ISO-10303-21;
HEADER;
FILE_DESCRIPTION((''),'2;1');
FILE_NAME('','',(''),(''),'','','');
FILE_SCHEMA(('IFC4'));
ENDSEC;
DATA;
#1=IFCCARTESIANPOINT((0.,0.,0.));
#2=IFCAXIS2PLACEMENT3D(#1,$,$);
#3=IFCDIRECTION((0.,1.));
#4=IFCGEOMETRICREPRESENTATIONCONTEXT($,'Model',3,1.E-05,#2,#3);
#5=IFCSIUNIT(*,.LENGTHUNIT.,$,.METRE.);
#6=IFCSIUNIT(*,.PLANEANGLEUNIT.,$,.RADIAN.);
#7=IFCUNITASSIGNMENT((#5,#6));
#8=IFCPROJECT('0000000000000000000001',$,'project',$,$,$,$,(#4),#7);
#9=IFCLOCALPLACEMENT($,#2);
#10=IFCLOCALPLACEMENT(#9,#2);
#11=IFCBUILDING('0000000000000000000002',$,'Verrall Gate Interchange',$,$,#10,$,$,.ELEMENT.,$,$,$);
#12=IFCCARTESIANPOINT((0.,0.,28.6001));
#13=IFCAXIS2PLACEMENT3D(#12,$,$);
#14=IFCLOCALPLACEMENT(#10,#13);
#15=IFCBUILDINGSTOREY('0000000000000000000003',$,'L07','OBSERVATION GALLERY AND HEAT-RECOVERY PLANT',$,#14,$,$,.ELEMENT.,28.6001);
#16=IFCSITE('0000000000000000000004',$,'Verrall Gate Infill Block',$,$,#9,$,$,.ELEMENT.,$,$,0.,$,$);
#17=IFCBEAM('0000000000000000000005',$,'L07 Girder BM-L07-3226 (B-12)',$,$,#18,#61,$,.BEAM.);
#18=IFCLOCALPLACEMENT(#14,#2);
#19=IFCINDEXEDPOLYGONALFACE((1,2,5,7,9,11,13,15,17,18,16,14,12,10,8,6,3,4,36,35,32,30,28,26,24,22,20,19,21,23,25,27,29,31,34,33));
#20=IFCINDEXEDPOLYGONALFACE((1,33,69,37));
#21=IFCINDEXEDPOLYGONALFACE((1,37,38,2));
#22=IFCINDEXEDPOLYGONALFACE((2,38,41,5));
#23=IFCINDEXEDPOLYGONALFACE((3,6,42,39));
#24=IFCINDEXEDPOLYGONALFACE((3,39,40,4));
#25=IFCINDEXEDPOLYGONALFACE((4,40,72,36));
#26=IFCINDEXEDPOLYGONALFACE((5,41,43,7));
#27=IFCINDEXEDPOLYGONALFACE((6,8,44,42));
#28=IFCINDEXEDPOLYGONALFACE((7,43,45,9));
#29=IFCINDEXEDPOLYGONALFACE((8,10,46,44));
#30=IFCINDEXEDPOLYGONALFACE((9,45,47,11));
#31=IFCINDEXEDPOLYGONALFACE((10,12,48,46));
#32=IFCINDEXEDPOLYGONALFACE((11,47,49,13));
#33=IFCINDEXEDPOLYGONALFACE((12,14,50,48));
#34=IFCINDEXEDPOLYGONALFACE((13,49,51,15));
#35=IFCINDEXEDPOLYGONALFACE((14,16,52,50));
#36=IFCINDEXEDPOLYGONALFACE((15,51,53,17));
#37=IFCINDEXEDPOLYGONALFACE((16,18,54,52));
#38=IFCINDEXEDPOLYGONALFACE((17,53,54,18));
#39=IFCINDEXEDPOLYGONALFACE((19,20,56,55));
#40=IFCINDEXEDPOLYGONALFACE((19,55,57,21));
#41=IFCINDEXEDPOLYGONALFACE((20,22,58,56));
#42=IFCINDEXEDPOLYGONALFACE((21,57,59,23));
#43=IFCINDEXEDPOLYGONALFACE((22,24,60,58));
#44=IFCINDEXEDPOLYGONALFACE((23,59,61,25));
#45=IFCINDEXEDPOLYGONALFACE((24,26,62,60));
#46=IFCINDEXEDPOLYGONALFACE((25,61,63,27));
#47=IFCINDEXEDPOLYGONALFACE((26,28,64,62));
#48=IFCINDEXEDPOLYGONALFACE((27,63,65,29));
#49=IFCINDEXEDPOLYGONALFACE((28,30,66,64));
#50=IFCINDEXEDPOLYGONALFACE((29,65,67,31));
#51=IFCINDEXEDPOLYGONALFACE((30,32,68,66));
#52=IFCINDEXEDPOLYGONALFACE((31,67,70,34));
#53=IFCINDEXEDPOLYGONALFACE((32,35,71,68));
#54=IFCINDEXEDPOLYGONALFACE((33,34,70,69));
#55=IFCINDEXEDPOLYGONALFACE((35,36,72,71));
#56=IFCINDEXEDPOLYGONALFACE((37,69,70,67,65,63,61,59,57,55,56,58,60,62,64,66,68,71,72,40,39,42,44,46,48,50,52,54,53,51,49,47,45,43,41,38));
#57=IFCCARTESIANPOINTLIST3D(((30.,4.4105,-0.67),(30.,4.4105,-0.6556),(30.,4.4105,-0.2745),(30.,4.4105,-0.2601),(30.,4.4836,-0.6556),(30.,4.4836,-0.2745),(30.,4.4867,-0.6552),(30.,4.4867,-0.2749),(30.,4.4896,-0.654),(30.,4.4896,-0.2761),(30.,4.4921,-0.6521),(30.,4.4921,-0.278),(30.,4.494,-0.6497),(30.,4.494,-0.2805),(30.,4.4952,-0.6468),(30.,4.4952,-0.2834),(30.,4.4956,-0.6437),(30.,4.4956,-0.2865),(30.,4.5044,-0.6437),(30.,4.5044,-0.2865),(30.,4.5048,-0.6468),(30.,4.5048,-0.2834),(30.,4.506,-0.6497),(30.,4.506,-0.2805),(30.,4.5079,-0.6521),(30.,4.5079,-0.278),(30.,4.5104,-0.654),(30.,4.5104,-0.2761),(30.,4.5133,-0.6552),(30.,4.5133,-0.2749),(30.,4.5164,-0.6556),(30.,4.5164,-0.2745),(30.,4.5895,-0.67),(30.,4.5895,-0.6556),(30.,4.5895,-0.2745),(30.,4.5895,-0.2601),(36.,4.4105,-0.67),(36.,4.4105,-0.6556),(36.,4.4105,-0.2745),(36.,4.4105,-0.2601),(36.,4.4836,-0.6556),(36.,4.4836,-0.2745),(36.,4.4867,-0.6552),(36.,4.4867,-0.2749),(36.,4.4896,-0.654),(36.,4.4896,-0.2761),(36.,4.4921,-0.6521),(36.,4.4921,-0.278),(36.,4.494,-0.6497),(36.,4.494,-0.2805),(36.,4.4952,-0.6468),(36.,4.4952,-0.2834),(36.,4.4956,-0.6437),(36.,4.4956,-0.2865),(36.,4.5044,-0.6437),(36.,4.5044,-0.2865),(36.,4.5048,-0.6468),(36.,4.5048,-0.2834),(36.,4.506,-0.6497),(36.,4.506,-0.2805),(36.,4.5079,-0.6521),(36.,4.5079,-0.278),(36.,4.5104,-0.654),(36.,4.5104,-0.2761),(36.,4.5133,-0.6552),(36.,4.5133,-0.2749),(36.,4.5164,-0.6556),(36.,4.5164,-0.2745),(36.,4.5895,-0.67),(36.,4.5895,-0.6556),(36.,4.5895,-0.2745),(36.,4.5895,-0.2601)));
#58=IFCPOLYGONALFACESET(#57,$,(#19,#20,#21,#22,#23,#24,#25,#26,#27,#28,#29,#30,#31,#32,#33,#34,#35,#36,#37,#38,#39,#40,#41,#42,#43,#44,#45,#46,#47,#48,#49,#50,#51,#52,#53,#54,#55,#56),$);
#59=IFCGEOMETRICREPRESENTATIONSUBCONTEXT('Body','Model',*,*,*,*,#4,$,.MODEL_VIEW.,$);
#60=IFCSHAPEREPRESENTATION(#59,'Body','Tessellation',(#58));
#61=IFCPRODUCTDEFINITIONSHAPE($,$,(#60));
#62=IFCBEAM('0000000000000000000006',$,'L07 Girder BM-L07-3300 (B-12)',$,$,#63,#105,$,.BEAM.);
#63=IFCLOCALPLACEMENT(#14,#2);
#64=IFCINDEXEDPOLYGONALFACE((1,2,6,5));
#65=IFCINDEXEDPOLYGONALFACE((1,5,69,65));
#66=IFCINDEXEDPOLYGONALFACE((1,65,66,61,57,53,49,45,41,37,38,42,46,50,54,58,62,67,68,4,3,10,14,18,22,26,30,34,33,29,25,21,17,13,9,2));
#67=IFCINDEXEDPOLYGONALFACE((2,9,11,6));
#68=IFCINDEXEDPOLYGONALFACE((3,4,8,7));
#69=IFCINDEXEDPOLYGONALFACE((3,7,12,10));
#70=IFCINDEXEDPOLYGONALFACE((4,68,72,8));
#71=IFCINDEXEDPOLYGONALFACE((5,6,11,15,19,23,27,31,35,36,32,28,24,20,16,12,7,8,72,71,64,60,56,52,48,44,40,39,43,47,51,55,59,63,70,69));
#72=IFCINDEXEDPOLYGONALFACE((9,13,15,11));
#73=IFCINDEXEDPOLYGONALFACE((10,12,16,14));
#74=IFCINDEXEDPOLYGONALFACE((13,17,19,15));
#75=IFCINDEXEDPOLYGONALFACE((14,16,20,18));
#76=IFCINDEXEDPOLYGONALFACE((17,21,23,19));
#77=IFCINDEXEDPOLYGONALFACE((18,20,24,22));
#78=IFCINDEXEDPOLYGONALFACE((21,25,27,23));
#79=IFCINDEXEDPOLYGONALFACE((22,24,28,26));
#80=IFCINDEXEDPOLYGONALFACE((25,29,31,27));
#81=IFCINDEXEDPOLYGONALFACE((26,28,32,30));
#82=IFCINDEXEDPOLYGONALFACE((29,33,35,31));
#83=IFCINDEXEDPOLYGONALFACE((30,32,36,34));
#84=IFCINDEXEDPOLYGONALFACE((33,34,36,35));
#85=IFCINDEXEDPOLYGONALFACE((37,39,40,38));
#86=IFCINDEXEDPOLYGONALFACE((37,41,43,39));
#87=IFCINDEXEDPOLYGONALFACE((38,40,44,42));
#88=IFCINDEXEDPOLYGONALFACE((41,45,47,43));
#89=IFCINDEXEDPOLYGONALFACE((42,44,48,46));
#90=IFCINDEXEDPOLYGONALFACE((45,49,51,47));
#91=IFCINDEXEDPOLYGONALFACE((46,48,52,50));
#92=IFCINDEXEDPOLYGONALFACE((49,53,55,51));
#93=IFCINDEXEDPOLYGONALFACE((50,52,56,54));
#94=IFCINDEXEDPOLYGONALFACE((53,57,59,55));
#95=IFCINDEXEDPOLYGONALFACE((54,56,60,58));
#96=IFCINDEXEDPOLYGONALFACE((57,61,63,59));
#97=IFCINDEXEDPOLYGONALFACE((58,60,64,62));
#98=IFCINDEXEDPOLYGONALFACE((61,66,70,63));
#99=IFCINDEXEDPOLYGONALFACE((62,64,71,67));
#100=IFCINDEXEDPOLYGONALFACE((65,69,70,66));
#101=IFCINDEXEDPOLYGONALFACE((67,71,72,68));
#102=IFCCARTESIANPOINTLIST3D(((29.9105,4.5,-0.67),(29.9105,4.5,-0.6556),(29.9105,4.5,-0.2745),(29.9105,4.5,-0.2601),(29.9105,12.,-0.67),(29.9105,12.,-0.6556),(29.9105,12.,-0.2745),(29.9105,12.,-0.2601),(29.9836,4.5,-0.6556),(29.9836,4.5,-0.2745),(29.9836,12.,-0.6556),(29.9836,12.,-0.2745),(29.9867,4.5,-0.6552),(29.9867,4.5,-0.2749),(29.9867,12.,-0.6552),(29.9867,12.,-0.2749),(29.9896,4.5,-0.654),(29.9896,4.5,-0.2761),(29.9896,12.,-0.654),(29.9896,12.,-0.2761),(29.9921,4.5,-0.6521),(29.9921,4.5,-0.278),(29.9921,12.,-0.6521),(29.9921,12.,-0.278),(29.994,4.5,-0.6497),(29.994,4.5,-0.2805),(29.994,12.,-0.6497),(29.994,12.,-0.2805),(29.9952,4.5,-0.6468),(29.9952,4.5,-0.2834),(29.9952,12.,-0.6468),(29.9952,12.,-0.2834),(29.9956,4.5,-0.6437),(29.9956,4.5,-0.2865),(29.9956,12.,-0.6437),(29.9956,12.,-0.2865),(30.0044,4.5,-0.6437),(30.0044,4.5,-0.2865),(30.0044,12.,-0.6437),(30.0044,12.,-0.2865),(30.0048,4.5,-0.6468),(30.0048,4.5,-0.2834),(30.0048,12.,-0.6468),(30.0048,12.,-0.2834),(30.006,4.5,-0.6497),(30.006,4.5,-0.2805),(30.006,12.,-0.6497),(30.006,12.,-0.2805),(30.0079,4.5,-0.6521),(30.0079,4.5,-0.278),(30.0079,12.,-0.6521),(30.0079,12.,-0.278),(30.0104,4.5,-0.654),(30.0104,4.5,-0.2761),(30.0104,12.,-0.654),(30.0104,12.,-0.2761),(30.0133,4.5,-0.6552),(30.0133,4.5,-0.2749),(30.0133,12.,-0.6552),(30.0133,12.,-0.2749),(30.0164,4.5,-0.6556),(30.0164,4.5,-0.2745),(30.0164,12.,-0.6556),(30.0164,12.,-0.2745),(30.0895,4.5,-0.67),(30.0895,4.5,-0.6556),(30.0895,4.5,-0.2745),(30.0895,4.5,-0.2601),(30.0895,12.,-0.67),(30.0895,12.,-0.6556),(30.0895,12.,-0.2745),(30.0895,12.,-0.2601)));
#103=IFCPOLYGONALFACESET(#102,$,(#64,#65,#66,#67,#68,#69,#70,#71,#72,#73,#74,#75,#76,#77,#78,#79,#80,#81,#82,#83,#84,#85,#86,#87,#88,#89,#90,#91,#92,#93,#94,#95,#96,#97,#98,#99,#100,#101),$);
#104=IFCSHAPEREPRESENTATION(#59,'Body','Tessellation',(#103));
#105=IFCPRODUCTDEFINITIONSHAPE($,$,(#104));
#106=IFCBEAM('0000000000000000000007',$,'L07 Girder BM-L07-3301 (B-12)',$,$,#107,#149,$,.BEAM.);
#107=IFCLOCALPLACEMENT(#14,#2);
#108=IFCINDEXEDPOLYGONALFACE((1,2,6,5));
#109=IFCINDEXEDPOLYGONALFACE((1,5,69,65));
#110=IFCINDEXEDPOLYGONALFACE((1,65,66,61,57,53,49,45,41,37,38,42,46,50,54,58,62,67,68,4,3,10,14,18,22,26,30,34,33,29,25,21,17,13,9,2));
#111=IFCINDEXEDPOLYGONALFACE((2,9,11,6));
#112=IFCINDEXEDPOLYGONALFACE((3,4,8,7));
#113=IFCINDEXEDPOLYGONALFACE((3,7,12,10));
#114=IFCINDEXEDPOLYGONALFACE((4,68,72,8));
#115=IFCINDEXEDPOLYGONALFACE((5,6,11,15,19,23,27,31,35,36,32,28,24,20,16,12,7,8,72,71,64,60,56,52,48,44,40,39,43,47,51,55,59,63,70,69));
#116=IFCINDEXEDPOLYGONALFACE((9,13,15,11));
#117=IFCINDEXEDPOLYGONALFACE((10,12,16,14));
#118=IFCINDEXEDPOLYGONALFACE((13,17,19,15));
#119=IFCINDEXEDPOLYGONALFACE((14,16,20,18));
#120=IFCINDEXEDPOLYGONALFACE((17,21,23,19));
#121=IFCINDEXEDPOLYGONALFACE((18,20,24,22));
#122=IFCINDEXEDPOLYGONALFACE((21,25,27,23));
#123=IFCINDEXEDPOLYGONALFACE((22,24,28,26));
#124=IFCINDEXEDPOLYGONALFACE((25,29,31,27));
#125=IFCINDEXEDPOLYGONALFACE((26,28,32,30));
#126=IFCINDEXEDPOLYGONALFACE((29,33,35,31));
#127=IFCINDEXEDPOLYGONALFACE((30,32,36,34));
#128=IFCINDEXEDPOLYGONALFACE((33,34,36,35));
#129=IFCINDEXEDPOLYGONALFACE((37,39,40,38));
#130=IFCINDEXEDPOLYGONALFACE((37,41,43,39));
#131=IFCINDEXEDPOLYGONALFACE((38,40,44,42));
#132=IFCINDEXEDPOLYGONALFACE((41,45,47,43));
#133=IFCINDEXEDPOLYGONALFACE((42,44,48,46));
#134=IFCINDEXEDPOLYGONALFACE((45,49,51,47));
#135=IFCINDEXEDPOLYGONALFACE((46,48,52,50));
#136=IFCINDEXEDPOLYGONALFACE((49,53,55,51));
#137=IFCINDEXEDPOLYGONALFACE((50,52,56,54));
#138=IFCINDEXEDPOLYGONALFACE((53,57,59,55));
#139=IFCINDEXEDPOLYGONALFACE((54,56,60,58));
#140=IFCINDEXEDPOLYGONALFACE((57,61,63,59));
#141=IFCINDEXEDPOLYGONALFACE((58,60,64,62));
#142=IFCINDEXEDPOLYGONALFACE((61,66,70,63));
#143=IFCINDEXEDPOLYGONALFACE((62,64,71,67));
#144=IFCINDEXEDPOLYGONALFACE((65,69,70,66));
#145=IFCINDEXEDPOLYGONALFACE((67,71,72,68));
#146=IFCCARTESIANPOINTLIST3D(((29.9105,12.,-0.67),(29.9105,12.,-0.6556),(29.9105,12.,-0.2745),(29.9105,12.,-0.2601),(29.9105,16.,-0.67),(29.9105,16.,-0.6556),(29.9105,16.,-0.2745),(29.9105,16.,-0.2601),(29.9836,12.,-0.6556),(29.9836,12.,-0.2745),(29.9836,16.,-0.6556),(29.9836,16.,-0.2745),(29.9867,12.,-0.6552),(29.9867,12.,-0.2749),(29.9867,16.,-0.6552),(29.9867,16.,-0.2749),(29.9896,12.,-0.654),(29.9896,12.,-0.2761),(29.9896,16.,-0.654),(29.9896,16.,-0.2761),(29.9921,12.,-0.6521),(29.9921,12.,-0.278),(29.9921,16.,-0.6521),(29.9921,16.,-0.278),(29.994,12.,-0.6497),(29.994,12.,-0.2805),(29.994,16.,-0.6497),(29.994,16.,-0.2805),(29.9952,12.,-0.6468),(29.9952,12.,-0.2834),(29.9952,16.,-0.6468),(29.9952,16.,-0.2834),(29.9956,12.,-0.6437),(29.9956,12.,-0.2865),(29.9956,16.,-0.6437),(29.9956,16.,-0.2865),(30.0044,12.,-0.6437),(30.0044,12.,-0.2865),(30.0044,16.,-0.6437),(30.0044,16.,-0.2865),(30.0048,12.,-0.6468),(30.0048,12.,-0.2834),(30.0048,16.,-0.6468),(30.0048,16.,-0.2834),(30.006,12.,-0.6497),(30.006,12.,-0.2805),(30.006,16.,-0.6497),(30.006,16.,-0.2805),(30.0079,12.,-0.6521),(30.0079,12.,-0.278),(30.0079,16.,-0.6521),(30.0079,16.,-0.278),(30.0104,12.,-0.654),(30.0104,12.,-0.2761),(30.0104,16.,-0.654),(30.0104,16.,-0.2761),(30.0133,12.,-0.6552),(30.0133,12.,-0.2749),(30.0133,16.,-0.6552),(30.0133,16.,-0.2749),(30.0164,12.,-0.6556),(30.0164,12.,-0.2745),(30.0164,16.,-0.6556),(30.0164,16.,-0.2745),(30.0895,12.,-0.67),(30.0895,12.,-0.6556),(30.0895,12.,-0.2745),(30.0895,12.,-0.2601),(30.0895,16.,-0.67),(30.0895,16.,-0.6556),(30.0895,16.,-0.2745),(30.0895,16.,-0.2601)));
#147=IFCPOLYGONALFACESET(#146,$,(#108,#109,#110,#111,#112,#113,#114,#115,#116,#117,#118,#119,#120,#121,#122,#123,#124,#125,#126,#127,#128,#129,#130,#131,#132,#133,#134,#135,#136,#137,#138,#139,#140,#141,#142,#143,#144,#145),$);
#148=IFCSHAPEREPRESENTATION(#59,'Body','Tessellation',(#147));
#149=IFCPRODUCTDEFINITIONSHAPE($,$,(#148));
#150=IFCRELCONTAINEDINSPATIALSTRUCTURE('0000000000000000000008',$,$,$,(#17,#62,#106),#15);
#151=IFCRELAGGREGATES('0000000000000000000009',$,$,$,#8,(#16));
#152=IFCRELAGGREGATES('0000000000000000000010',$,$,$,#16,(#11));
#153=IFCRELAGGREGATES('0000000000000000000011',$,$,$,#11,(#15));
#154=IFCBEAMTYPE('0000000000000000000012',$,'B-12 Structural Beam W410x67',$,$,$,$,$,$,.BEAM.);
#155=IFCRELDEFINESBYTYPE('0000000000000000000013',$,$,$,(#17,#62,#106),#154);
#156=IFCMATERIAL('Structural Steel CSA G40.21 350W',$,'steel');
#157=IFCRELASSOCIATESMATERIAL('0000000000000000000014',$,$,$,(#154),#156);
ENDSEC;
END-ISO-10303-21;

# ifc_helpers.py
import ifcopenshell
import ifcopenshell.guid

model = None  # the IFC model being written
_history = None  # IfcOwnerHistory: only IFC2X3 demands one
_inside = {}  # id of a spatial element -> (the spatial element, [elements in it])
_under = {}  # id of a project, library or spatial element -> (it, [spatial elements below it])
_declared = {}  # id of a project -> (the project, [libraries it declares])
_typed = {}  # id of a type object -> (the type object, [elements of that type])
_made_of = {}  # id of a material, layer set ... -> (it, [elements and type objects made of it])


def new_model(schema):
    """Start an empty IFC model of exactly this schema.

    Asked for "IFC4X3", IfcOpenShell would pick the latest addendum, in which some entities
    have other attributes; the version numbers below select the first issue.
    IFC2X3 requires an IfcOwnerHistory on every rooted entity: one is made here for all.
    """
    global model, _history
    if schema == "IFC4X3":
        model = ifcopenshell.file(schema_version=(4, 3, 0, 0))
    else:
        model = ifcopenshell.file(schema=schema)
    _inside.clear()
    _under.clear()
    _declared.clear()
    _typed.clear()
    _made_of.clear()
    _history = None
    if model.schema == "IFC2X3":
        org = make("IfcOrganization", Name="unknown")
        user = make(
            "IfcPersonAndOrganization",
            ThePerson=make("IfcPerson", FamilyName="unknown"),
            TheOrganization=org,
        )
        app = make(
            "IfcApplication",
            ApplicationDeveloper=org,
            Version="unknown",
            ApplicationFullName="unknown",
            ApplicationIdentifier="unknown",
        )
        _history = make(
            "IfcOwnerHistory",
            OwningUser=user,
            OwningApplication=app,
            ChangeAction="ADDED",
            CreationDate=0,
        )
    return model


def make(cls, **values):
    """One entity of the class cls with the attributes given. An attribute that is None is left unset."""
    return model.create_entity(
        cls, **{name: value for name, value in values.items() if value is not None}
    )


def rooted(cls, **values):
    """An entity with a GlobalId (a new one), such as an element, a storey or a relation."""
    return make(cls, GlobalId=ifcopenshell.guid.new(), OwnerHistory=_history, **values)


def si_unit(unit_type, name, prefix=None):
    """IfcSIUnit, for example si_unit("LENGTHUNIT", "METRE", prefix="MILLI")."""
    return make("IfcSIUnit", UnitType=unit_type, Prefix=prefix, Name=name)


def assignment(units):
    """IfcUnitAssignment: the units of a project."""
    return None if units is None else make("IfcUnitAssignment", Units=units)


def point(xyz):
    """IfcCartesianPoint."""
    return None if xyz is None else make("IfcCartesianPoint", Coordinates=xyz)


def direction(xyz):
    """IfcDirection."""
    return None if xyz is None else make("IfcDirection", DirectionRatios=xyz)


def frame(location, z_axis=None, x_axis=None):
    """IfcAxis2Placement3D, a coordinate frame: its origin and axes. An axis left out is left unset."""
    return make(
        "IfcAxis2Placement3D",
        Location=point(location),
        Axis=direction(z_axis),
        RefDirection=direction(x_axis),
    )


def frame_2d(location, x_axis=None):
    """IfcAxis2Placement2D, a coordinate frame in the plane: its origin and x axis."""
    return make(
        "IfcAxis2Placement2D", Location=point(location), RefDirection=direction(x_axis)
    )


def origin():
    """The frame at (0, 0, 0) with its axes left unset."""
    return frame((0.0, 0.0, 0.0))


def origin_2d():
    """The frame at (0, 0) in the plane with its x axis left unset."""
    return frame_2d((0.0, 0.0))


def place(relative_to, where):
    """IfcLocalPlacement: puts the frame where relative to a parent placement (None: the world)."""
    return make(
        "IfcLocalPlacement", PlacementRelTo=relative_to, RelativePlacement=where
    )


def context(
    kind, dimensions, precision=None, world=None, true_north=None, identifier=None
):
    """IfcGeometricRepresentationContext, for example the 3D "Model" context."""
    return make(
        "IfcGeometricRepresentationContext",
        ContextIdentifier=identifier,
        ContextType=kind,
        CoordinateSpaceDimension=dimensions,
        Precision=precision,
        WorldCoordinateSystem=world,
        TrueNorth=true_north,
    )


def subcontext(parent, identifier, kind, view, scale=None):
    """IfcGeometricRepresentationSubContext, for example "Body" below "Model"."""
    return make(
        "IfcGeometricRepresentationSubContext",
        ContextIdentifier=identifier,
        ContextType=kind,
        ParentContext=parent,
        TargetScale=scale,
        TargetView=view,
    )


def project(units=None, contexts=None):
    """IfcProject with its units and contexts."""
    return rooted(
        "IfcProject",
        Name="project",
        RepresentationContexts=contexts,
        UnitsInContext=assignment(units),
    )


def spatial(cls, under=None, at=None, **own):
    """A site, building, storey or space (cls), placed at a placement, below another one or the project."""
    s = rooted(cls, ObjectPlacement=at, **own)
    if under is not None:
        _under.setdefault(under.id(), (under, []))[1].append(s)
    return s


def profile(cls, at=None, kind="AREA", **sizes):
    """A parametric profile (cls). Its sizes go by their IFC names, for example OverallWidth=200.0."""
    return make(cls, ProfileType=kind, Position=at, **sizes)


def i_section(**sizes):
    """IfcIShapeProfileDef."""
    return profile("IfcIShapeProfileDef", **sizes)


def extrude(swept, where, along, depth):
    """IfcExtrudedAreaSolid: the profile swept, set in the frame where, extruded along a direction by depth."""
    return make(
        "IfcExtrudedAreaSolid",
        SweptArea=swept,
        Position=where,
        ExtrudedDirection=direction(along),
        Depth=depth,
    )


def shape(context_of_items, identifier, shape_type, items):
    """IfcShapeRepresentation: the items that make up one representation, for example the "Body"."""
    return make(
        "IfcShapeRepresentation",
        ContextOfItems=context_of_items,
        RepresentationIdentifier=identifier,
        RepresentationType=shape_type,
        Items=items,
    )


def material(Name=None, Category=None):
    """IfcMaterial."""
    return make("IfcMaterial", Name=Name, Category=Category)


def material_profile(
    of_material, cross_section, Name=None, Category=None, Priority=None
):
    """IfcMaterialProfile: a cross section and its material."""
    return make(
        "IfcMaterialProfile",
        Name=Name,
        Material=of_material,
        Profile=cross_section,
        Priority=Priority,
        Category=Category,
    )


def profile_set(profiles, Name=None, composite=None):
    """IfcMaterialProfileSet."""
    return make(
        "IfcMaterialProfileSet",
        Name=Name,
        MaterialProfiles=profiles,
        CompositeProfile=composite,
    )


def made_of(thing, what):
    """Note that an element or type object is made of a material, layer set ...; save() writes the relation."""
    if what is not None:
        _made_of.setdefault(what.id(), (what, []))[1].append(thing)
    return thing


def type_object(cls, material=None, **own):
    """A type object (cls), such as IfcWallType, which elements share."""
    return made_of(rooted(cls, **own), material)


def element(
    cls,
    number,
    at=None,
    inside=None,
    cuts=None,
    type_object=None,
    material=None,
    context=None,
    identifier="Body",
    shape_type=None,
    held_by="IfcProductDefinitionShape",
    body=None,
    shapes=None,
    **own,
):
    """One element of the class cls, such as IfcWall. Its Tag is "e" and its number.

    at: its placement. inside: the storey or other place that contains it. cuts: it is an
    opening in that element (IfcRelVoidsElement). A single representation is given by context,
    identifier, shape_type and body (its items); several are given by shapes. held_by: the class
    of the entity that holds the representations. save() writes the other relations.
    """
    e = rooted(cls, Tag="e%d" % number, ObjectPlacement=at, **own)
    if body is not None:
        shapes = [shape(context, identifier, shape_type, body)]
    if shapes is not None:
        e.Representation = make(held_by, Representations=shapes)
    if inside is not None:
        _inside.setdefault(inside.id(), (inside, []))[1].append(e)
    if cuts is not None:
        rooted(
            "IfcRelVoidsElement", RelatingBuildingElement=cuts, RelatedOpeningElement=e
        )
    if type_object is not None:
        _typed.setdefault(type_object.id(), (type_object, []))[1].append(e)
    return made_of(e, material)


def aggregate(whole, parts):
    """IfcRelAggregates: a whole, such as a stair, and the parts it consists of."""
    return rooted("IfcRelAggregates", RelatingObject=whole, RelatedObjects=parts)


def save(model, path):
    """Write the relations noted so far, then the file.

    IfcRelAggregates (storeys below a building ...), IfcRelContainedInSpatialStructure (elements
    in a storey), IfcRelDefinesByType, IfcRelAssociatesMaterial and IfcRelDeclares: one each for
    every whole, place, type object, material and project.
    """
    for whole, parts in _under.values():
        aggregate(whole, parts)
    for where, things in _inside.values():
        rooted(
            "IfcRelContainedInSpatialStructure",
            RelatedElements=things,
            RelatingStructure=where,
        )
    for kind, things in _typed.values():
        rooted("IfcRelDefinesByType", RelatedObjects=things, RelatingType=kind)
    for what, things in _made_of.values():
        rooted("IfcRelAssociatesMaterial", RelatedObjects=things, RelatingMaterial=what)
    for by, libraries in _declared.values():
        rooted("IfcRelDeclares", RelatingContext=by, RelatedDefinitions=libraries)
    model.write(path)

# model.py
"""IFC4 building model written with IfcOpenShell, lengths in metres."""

from ifc_helpers import new_model, si_unit, direction, frame, origin, origin_2d, place, context, subcontext, project, spatial, i_section, extrude, material, material_profile, profile_set, type_object, element, save


model = new_model("IFC4")

# Units and contexts
model_context = context("Model", 3, precision=1e-05, world=origin(), true_north=direction((0.0, 1.0)))
body_context = subcontext(model_context, "Body", "Model", "MODEL_VIEW")
ifc_project = project(units=[si_unit("LENGTHUNIT", "METRE"), si_unit("PLANEANGLEUNIT", "RADIAN")], contexts=[model_context])

# Site, building, storey
site_placement = place(None, origin())
site = spatial("IfcSite", under=ifc_project, at=site_placement, Name="Verrall Gate Infill Block", CompositionType="ELEMENT", RefElevation=0.0)
building_placement = place(site_placement, origin())
building = spatial("IfcBuilding", under=site, at=building_placement, Name="Verrall Gate Interchange", CompositionType="ELEMENT")
storey_placement = place(building_placement, frame((0.0, 0.0, 28.6001)))
storey = spatial("IfcBuildingStorey", under=building, at=storey_placement, Name="L07", Description="OBSERVATION GALLERY AND HEAT-RECOVERY PLANT", CompositionType="ELEMENT", Elevation=28.6001)

# Beams
ifc_material_1 = material(Name="Structural Steel CSA G40.21 350W", Category="steel")
ifc_material_profile_1 = material_profile(ifc_material_1, i_section(OverallWidth=0.179, OverallDepth=0.4099, WebThickness=0.0088, FlangeThickness=0.0144, FilletRadius=0.012, at=origin_2d()), Name="W410x67")
ifc_profile_set_1 = profile_set([ifc_material_profile_1], Name="Structural Steel CSA G40.21 350W")
beam_type_1 = type_object("IfcBeamType", Name="B-12 Structural Beam W410x67", PredefinedType="BEAM", material=ifc_profile_set_1)
beam_1_placement = place(storey_placement, frame((30.0, 4.5, -0.4651), z_axis=(1.0, 0.0, 0.0), x_axis=(0.0, 1.0, 0.0)))
element("IfcBeam", 1, at=beam_1_placement, inside=storey, type_object=beam_type_1, Name="L07 Girder BM-L07-3226 (B-12)", PredefinedType="BEAM", context=body_context, shape_type="SweptSolid", body=[
    extrude(i_section(OverallWidth=0.179, OverallDepth=0.4099, WebThickness=0.0088, FlangeThickness=0.0144, FilletRadius=0.012, at=origin_2d()), origin(), (0.0, 0.0, 1.0), 6.0),
])
beam_2_placement = place(storey_placement, frame((30.0, 4.5, -0.4651), z_axis=(0.0, 1.0, 0.0), x_axis=(-1.0, 0.0, 0.0)))
element("IfcBeam", 2, at=beam_2_placement, inside=storey, type_object=beam_type_1, Name="L07 Girder BM-L07-3300 (B-12)", PredefinedType="BEAM", context=body_context, shape_type="SweptSolid", body=[
    extrude(i_section(OverallWidth=0.179, OverallDepth=0.4099, WebThickness=0.0088, FlangeThickness=0.0144, FilletRadius=0.012, at=origin_2d()), origin(), (0.0, 0.0, 1.0), 7.5),
])
beam_3_placement = place(storey_placement, frame((30.0, 12.0, -0.4651), z_axis=(0.0, 1.0, 0.0), x_axis=(-1.0, 0.0, 0.0)))
element("IfcBeam", 3, at=beam_3_placement, inside=storey, type_object=beam_type_1, Name="L07 Girder BM-L07-3301 (B-12)", PredefinedType="BEAM", context=body_context, shape_type="SweptSolid", body=[
    extrude(i_section(OverallWidth=0.179, OverallDepth=0.4099, WebThickness=0.0088, FlangeThickness=0.0144, FilletRadius=0.012, at=origin_2d()), origin(), (0.0, 0.0, 1.0), 4.0),
])

save(model, "model.ifc")
